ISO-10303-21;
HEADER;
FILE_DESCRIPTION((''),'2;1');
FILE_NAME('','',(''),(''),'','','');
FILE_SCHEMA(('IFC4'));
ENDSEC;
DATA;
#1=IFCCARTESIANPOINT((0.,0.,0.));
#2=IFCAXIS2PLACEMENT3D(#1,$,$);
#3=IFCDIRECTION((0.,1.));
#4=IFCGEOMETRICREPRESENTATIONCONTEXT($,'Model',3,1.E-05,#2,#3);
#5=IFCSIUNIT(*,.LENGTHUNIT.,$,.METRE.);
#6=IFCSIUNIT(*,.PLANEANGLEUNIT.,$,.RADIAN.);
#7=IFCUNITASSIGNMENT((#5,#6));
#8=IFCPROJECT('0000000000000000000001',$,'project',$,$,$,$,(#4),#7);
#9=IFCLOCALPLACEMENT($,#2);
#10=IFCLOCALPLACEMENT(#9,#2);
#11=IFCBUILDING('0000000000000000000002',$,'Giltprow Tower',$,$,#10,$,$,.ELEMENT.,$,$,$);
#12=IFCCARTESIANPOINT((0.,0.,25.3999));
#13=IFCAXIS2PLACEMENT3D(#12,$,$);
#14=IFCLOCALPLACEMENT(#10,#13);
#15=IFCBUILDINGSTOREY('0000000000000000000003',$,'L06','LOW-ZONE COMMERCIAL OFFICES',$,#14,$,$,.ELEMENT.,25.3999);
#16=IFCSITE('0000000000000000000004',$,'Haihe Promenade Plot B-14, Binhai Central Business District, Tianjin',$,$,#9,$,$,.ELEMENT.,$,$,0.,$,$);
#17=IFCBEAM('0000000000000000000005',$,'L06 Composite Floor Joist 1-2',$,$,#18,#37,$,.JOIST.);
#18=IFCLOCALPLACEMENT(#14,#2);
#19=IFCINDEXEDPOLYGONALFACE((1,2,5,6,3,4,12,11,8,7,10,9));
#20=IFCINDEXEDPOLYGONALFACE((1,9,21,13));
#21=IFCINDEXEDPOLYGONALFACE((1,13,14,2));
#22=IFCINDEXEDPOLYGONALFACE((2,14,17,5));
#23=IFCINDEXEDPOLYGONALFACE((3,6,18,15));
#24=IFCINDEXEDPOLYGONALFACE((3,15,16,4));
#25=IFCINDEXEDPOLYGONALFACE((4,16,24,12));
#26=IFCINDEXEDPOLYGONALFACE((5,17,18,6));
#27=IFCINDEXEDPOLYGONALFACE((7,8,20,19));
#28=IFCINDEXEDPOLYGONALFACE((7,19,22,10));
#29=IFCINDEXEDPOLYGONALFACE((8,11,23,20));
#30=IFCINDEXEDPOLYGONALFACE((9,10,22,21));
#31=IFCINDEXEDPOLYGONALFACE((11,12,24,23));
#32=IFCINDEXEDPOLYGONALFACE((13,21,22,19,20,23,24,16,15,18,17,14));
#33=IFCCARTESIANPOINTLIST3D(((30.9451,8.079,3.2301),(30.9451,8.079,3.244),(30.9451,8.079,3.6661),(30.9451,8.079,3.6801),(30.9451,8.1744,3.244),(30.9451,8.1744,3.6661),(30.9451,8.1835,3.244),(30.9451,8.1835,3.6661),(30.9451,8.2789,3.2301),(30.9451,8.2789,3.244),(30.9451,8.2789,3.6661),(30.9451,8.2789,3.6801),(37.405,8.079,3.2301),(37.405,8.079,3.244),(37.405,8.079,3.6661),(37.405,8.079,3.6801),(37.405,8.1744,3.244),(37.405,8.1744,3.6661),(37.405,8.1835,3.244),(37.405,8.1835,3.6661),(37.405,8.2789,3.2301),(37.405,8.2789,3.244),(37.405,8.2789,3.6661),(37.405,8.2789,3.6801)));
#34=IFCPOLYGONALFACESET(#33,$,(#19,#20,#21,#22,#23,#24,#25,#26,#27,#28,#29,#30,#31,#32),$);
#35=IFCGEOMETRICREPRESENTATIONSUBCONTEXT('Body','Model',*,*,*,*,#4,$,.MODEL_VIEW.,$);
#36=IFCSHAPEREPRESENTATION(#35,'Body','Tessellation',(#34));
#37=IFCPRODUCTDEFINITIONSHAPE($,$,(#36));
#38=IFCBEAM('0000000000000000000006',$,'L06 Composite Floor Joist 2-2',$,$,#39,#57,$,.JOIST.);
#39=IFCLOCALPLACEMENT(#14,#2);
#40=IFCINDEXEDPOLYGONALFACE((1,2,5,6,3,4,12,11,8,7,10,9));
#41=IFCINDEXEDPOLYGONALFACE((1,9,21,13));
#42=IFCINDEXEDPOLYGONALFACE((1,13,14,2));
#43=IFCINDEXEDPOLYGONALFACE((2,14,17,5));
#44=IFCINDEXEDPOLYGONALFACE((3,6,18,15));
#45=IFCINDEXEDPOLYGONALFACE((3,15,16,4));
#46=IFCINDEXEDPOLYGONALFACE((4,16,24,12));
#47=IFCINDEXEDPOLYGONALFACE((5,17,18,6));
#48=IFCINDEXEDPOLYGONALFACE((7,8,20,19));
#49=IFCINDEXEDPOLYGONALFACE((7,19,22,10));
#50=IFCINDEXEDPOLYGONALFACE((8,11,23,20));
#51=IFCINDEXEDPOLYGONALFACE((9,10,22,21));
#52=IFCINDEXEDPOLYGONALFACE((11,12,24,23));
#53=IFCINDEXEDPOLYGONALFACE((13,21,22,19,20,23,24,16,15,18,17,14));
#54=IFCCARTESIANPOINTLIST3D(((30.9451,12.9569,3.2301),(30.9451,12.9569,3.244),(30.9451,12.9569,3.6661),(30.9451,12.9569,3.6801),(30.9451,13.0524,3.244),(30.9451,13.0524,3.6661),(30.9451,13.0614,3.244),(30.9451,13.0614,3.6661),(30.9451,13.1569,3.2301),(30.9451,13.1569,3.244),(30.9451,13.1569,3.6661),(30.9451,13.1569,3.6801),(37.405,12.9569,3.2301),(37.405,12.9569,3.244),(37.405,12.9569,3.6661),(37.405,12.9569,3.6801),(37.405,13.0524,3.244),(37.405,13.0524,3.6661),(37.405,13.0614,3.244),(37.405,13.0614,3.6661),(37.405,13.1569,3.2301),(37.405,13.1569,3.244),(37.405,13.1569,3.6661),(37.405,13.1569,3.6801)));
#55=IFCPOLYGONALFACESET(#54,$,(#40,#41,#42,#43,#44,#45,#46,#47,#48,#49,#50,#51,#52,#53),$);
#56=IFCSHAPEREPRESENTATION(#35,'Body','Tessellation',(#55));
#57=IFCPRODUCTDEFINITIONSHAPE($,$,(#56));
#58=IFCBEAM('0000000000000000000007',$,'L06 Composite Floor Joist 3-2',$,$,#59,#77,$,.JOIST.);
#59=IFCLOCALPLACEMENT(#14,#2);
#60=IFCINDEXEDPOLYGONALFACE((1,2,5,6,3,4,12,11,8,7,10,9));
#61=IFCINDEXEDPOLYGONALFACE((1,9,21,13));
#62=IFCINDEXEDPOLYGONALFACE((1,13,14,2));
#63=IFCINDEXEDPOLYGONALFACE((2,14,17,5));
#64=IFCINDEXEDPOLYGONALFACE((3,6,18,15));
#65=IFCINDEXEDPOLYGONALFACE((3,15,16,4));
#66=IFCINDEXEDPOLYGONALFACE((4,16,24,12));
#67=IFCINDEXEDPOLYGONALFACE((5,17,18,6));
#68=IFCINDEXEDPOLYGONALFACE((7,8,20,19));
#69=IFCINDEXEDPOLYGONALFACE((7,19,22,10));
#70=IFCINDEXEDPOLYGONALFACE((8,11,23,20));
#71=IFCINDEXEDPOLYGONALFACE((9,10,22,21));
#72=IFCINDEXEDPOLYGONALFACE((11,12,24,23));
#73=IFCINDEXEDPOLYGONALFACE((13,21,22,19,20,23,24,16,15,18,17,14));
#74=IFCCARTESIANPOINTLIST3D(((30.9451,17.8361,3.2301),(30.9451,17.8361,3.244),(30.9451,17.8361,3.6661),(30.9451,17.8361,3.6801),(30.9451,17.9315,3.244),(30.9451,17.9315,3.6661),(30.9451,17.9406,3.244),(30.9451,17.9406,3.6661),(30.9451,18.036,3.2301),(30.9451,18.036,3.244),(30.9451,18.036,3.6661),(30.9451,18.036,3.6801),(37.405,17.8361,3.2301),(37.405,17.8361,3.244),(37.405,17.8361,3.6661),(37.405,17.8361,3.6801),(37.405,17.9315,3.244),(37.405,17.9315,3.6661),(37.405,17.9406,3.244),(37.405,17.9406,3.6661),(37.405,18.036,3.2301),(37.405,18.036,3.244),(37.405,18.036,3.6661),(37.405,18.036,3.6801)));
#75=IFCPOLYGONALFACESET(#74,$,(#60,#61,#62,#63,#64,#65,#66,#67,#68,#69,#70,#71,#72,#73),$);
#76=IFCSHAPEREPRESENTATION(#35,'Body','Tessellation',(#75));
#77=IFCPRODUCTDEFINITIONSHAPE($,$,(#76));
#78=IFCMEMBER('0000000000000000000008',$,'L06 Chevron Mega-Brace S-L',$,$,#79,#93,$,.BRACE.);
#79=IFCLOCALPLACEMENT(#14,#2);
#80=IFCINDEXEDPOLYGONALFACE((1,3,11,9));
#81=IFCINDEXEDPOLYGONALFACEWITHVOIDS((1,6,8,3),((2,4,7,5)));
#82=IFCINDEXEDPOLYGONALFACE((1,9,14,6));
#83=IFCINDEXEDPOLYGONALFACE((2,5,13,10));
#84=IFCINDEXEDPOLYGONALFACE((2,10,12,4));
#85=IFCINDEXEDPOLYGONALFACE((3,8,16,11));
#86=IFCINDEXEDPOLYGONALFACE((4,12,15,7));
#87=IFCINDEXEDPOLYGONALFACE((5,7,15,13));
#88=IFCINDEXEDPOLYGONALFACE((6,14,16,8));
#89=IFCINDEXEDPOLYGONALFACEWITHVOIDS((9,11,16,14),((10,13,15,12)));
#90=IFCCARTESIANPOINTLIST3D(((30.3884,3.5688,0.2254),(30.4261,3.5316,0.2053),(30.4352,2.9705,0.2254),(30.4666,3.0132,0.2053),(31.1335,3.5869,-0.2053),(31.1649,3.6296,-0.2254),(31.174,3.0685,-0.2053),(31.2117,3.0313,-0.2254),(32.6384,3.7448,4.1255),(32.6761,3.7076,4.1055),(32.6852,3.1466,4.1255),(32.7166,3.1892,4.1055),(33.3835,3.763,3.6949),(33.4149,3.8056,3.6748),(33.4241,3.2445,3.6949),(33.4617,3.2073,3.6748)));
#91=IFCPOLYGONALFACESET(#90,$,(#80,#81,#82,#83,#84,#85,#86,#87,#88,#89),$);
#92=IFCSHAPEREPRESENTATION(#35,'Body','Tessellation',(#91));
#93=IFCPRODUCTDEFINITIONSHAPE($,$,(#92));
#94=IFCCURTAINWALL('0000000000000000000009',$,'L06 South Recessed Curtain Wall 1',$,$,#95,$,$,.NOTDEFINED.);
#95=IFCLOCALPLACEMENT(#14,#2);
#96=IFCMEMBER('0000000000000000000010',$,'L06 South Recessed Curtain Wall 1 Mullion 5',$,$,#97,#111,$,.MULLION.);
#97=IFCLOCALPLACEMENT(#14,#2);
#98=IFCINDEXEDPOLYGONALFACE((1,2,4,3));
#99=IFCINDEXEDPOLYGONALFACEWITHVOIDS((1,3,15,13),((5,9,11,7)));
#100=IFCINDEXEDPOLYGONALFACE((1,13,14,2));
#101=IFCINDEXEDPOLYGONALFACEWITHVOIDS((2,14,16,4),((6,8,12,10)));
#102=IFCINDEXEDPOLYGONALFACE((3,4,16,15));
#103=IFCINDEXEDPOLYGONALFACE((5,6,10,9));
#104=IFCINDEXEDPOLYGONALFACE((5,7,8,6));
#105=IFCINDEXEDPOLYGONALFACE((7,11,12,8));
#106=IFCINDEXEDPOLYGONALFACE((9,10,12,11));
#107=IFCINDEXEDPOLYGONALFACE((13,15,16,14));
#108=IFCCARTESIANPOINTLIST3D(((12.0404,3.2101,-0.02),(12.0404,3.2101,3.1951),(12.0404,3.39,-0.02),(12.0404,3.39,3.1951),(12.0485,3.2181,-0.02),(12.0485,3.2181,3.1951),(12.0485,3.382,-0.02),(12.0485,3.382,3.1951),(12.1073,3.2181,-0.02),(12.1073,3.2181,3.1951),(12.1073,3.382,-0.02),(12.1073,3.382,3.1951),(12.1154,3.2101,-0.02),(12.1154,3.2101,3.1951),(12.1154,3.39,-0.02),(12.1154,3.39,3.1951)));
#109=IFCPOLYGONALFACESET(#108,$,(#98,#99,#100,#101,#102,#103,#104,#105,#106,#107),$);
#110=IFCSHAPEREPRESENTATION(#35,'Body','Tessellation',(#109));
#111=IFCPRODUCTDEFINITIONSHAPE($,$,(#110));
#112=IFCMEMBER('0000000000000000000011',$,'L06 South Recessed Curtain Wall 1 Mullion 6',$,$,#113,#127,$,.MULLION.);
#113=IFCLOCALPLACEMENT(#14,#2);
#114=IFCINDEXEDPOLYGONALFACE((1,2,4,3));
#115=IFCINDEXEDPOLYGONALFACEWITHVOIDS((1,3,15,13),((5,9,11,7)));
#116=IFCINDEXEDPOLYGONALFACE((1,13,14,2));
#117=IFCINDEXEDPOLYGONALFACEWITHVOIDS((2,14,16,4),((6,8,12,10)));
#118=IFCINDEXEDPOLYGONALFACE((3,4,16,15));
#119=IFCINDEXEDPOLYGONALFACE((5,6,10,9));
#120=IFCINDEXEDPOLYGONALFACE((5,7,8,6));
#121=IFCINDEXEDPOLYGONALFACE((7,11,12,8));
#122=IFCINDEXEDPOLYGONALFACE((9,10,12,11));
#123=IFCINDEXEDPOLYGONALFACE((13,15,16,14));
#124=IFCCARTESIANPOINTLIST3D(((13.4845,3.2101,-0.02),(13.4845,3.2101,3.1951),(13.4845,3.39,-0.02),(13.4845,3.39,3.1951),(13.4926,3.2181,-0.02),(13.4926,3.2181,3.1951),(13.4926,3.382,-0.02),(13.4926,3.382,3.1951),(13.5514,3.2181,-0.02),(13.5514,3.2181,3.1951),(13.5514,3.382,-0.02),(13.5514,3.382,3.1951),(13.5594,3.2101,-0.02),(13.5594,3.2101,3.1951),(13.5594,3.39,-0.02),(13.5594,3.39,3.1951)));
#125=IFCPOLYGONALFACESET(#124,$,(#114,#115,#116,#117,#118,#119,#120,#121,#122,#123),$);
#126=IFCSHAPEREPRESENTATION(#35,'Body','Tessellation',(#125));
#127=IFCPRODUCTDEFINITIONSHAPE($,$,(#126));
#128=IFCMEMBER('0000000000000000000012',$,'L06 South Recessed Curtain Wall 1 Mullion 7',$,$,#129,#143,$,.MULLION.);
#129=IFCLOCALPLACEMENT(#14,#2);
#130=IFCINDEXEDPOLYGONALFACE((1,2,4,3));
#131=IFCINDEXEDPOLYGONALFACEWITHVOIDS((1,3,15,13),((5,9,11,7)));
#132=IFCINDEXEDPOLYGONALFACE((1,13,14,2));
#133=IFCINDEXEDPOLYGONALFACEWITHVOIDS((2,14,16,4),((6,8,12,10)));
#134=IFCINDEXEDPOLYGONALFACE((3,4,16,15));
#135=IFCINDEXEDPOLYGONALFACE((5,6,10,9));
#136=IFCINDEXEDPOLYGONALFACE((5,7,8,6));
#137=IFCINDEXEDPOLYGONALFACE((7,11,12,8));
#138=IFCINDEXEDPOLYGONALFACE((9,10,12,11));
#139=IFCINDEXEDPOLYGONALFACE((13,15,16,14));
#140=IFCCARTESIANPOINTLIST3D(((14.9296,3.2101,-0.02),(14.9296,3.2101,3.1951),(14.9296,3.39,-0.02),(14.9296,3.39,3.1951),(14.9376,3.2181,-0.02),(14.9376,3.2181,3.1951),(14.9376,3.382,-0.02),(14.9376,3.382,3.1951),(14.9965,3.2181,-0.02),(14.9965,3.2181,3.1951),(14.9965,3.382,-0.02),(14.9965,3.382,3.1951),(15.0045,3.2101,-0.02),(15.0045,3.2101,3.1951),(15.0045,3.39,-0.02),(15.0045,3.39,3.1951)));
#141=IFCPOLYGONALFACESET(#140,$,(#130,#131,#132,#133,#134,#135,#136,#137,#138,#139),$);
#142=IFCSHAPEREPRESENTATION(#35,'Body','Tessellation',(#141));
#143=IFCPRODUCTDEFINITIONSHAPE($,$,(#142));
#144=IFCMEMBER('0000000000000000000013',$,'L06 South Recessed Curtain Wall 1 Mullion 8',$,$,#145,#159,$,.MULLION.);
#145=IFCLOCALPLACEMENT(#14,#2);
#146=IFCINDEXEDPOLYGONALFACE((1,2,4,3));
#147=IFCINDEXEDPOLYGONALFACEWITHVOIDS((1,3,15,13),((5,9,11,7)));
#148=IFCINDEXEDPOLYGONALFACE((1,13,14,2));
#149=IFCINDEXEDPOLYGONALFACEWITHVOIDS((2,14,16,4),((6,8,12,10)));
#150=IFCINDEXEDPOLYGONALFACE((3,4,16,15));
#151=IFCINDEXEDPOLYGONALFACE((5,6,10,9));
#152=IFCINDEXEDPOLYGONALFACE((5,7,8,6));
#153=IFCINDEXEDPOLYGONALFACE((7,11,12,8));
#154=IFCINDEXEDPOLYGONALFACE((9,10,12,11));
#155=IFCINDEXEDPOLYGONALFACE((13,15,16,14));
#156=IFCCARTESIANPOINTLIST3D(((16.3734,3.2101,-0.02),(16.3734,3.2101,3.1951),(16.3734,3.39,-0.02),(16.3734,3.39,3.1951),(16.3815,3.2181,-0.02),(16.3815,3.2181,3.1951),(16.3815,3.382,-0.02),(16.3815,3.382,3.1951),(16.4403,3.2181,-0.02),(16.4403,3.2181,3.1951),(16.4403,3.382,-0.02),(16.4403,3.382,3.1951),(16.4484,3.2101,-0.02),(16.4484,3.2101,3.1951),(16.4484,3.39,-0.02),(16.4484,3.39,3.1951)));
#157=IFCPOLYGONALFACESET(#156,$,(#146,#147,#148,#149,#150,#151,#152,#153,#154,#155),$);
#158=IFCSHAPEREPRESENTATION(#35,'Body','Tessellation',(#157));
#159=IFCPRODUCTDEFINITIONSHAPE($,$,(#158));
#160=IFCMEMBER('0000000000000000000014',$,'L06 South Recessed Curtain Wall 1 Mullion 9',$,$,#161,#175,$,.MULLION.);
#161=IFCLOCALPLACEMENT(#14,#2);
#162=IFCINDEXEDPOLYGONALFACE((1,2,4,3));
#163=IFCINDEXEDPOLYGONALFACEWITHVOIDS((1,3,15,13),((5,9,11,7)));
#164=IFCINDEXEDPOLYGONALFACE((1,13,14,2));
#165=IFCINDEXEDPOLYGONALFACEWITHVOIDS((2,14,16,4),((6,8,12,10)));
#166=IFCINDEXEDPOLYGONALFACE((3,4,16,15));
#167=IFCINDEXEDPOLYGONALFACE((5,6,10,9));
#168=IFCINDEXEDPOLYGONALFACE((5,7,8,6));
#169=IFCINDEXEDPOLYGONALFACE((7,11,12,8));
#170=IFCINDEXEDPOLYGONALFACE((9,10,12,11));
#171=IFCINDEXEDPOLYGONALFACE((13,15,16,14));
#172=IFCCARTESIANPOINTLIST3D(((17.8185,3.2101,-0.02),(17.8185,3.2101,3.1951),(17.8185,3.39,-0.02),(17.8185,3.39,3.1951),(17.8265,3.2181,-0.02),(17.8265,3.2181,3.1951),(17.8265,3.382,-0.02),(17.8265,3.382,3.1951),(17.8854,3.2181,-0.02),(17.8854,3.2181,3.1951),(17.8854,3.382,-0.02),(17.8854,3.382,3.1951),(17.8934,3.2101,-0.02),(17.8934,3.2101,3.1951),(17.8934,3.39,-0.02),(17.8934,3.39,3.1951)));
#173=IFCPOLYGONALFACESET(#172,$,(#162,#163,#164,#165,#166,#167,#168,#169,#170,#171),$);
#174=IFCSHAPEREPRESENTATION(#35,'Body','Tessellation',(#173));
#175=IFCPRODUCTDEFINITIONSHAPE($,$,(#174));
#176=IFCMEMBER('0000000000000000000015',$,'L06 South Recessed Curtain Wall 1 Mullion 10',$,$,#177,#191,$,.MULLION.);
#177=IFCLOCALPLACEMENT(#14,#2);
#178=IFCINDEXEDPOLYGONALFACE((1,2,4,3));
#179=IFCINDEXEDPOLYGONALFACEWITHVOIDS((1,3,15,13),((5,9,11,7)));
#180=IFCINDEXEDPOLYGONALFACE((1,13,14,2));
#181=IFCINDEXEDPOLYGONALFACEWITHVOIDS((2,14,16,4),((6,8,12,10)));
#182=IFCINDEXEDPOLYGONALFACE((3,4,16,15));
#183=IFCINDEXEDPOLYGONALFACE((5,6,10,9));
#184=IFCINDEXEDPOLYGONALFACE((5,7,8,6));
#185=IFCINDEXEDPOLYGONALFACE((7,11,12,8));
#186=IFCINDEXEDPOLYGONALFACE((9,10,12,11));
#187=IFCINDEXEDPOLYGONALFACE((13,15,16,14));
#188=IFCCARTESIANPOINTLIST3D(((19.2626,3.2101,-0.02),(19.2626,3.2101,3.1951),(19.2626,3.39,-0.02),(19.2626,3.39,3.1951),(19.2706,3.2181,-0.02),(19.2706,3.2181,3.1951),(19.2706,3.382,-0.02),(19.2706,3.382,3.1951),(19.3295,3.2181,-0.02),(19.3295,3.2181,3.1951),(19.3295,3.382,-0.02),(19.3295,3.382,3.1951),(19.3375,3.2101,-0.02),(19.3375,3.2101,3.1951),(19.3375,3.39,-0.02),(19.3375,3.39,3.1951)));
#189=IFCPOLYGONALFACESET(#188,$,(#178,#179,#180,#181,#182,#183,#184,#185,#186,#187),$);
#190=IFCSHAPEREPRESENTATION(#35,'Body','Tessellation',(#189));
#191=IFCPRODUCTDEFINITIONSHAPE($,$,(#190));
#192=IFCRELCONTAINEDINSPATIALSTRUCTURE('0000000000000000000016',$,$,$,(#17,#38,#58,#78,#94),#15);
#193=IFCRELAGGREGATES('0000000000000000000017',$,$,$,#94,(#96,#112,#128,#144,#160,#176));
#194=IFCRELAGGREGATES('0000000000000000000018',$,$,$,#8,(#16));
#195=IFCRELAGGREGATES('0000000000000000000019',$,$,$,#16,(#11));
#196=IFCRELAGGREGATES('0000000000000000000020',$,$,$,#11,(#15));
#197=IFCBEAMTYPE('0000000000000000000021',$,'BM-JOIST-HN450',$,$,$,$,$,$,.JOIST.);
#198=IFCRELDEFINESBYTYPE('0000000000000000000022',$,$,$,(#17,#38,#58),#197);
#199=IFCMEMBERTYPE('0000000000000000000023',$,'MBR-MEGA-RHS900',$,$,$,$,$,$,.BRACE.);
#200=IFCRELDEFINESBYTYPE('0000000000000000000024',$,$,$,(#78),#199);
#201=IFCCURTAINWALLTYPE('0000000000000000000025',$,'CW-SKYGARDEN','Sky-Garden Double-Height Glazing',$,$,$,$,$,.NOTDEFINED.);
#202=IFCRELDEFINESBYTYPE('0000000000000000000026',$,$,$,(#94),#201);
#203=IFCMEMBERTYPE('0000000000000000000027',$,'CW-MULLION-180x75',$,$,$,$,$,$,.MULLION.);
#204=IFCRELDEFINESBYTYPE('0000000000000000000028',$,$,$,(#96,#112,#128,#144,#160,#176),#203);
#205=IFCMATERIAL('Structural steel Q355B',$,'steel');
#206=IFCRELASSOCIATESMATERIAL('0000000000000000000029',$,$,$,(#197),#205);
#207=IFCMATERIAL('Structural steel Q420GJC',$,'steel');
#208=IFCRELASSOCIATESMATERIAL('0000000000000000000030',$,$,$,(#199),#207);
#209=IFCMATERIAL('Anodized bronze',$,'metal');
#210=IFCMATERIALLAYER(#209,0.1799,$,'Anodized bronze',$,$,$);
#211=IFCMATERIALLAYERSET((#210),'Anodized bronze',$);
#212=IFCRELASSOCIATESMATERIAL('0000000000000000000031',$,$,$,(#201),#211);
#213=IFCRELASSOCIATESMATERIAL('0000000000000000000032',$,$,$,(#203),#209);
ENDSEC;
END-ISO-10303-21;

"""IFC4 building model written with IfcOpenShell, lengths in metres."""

from ifc_helpers import new_model, si_unit, direction, frame, origin, origin_2d, place, context, subcontext, project, spatial, hollow_rectangle, i_section, extrude, source, transform, mapped, material, layer, layer_set, material_profile, profile_set, type_object, element, aggregate, save


model = new_model("IFC4")

# Units and contexts
model_context = context("Model", 3, precision=1e-05, world=origin(), true_north=direction((0.0, 1.0)))
body_context = subcontext(model_context, "Body", "Model", "MODEL_VIEW")
ifc_project = project(units=[si_unit("LENGTHUNIT", "METRE"), si_unit("PLANEANGLEUNIT", "RADIAN")], contexts=[model_context])

# Site, building, storey
site_placement = place(None, origin())
site = spatial("IfcSite", under=ifc_project, at=site_placement, Name="Haihe Promenade Plot B-14, Binhai Central Business District, Tianjin", CompositionType="ELEMENT", RefElevation=0.0)
building_placement = place(site_placement, origin())
building = spatial("IfcBuilding", under=site, at=building_placement, Name="Giltprow Tower", CompositionType="ELEMENT")
storey_placement = place(building_placement, frame((0.0, 0.0, 25.3999)))
storey = spatial("IfcBuildingStorey", under=building, at=storey_placement, Name="L06", Description="LOW-ZONE COMMERCIAL OFFICES", CompositionType="ELEMENT", Elevation=25.3999)

# Shared definitions
ifc_material_1 = material(Name="Structural steel Q420GJC", Category="steel")

# Beams
ifc_material_2 = material(Name="Structural steel Q355B", Category="steel")
ifc_material_profile_1 = material_profile(ifc_material_2, i_section(OverallWidth=0.2, OverallDepth=0.45, WebThickness=0.009, FlangeThickness=0.0139, at=origin_2d()), Name="HN 450x200x9x14")
ifc_profile_set_1 = profile_set([ifc_material_profile_1], Name="Structural steel Q355B")
beam_type_1 = type_object("IfcBeamType", Name="BM-JOIST-HN450", PredefinedType="JOIST", material=ifc_profile_set_1)
shared_shape_1 = source(origin(), body_context, "Body", "SweptSolid", [
    extrude(i_section(OverallWidth=0.2, OverallDepth=0.45, WebThickness=0.009, FlangeThickness=0.0139, at=origin_2d()), origin(), (0.0, 0.0, 1.0), 6.46),
])
for number, where, z_axis, x_axis, name in (
    (1, (30.9451, 8.179, 3.4551), (1.0, 0.0, 0.0), (0.0, 1.0, 0.0), "L06 Composite Floor Joist 1-2"),
    (2, (30.9451, 13.0569, 3.4551), (1.0, 0.0, 0.0), (0.0, 1.0, 0.0), "L06 Composite Floor Joist 2-2"),
    (3, (30.9451, 17.936, 3.4551), (1.0, 0.0, 0.0), (0.0, 1.0, 0.0), "L06 Composite Floor Joist 3-2"),
):
    element("IfcBeam", number, at=place(storey_placement, frame(where, z_axis=z_axis, x_axis=x_axis)), inside=storey, type_object=beam_type_1, Name=name, PredefinedType="JOIST", context=body_context, shape_type="MappedRepresentation", body=[
        mapped(shared_shape_1, transform((0.0, 0.0, 0.0), x_axis=(1.0, 0.0, 0.0), y_axis=(0.0, 1.0, 0.0), z_axis=(0.0, 0.0, 1.0), scale=1.0)),
    ])

# Member
ifc_material_profile_2 = material_profile(ifc_material_1, hollow_rectangle(XDim=0.6001, YDim=0.8999, WallThickness=0.04, at=origin_2d()), Name="RHS 900x600x40")
ifc_profile_set_2 = profile_set([ifc_material_profile_2], Name="Structural steel Q420GJC")
member_type_1 = type_object("IfcMemberType", Name="MBR-MEGA-RHS900", PredefinedType="BRACE", material=ifc_profile_set_2)
shared_shape_2 = source(origin(), body_context, "Body", "SweptSolid", [
    extrude(hollow_rectangle(XDim=0.6001, YDim=0.8999, WallThickness=0.04, at=origin_2d()), origin(), (0.0, 0.0, 1.0), 4.5061),
])
member_1_placement = place(storey_placement, frame((30.8, 3.3, 0.0), z_axis=(0.499327, 0.039064, 0.865533), x_axis=(-0.077995, 0.996954, 0.0)))
element("IfcMember", 4, at=member_1_placement, inside=storey, type_object=member_type_1, Name="L06 Chevron Mega-Brace S-L", PredefinedType="BRACE", context=body_context, shape_type="MappedRepresentation", body=[
    mapped(shared_shape_2, transform((0.0, 0.0, 0.0), x_axis=(1.0, 0.0, 0.0), y_axis=(0.0, 1.0, 0.0), z_axis=(0.0, 0.0, 1.0), scale=1.0)),
])

# Curtain wall, members
ifc_material_3 = material(Name="Anodized bronze", Category="metal")
ifc_layer_1 = layer(ifc_material_3, 0.1799, Name="Anodized bronze")
ifc_layer_set_1 = layer_set([ifc_layer_1], Name="Anodized bronze")
curtain_wall_type = type_object("IfcCurtainWallType", Name="CW-SKYGARDEN", Description="Sky-Garden Double-Height Glazing", PredefinedType="NOTDEFINED", material=ifc_layer_set_1)
curtain_wall_placement = place(storey_placement, origin())
curtain_wall = element("IfcCurtainWall", 5, at=curtain_wall_placement, inside=storey, type_object=curtain_wall_type, Name="L06 South Recessed Curtain Wall 1", PredefinedType="NOTDEFINED")
ifc_material_profile_3 = material_profile(ifc_material_3, hollow_rectangle(XDim=0.075, YDim=0.1799, WallThickness=0.0081, at=origin_2d()), Name="RHS 180x75x8")
ifc_profile_set_3 = profile_set([ifc_material_profile_3], Name="Anodized bronze")
member_type_2 = type_object("IfcMemberType", Name="CW-MULLION-180x75", PredefinedType="MULLION", material=ifc_profile_set_3)
shared_shape_3 = source(origin(), body_context, "Body", "SweptSolid", [
    extrude(hollow_rectangle(XDim=0.075, YDim=0.1799, WallThickness=0.0081, at=origin_2d()), origin(), (0.0, 0.0, 1.0), 3.2151),
])
member_2_placement = place(storey_placement, frame((12.0779, 3.3, -0.02), z_axis=(0.0, 0.0, 1.0), x_axis=(1.0, 0.0, 0.0)))
member_2 = element("IfcMember", 6, at=member_2_placement, type_object=member_type_2, Name="L06 South Recessed Curtain Wall 1 Mullion 5", PredefinedType="MULLION", context=body_context, shape_type="MappedRepresentation", body=[
    mapped(shared_shape_3, transform((0.0, 0.0, 0.0), x_axis=(1.0, 0.0, 0.0), y_axis=(0.0, 1.0, 0.0), z_axis=(0.0, 0.0, 1.0), scale=1.0)),
])
member_3_placement = place(storey_placement, frame((13.522, 3.3, -0.02), z_axis=(0.0, 0.0, 1.0), x_axis=(1.0, 0.0, 0.0)))
member_3 = element("IfcMember", 7, at=member_3_placement, type_object=member_type_2, Name="L06 South Recessed Curtain Wall 1 Mullion 6", PredefinedType="MULLION", context=body_context, shape_type="MappedRepresentation", body=[
    mapped(shared_shape_3, transform((0.0, 0.0, 0.0), x_axis=(1.0, 0.0, 0.0), y_axis=(0.0, 1.0, 0.0), z_axis=(0.0, 0.0, 1.0), scale=1.0)),
])
member_4_placement = place(storey_placement, frame((14.967, 3.3, -0.02), z_axis=(0.0, 0.0, 1.0), x_axis=(1.0, 0.0, 0.0)))
member_4 = element("IfcMember", 8, at=member_4_placement, type_object=member_type_2, Name="L06 South Recessed Curtain Wall 1 Mullion 7", PredefinedType="MULLION", context=body_context, shape_type="MappedRepresentation", body=[
    mapped(shared_shape_3, transform((0.0, 0.0, 0.0), x_axis=(1.0, 0.0, 0.0), y_axis=(0.0, 1.0, 0.0), z_axis=(0.0, 0.0, 1.0), scale=1.0)),
])
member_5_placement = place(storey_placement, frame((16.4109, 3.3, -0.02), z_axis=(0.0, 0.0, 1.0), x_axis=(1.0, 0.0, 0.0)))
member_5 = element("IfcMember", 9, at=member_5_placement, type_object=member_type_2, Name="L06 South Recessed Curtain Wall 1 Mullion 8", PredefinedType="MULLION", context=body_context, shape_type="MappedRepresentation", body=[
    mapped(shared_shape_3, transform((0.0, 0.0, 0.0), x_axis=(1.0, 0.0, 0.0), y_axis=(0.0, 1.0, 0.0), z_axis=(0.0, 0.0, 1.0), scale=1.0)),
])
member_6_placement = place(storey_placement, frame((17.856, 3.3, -0.02), z_axis=(0.0, 0.0, 1.0), x_axis=(1.0, 0.0, 0.0)))
member_6 = element("IfcMember", 10, at=member_6_placement, type_object=member_type_2, Name="L06 South Recessed Curtain Wall 1 Mullion 9", PredefinedType="MULLION", context=body_context, shape_type="MappedRepresentation", body=[
    mapped(shared_shape_3, transform((0.0, 0.0, 0.0), x_axis=(1.0, 0.0, 0.0), y_axis=(0.0, 1.0, 0.0), z_axis=(0.0, 0.0, 1.0), scale=1.0)),
])
member_7_placement = place(storey_placement, frame((19.3, 3.3, -0.02), z_axis=(0.0, 0.0, 1.0), x_axis=(1.0, 0.0, 0.0)))
member_7 = element("IfcMember", 11, at=member_7_placement, type_object=member_type_2, Name="L06 South Recessed Curtain Wall 1 Mullion 10", PredefinedType="MULLION", context=body_context, shape_type="MappedRepresentation", body=[
    mapped(shared_shape_3, transform((0.0, 0.0, 0.0), x_axis=(1.0, 0.0, 0.0), y_axis=(0.0, 1.0, 0.0), z_axis=(0.0, 0.0, 1.0), scale=1.0)),
])

aggregate(curtain_wall, [member_2, member_3, member_4, member_5, member_6, member_7])

save(model, "model.ifc")
